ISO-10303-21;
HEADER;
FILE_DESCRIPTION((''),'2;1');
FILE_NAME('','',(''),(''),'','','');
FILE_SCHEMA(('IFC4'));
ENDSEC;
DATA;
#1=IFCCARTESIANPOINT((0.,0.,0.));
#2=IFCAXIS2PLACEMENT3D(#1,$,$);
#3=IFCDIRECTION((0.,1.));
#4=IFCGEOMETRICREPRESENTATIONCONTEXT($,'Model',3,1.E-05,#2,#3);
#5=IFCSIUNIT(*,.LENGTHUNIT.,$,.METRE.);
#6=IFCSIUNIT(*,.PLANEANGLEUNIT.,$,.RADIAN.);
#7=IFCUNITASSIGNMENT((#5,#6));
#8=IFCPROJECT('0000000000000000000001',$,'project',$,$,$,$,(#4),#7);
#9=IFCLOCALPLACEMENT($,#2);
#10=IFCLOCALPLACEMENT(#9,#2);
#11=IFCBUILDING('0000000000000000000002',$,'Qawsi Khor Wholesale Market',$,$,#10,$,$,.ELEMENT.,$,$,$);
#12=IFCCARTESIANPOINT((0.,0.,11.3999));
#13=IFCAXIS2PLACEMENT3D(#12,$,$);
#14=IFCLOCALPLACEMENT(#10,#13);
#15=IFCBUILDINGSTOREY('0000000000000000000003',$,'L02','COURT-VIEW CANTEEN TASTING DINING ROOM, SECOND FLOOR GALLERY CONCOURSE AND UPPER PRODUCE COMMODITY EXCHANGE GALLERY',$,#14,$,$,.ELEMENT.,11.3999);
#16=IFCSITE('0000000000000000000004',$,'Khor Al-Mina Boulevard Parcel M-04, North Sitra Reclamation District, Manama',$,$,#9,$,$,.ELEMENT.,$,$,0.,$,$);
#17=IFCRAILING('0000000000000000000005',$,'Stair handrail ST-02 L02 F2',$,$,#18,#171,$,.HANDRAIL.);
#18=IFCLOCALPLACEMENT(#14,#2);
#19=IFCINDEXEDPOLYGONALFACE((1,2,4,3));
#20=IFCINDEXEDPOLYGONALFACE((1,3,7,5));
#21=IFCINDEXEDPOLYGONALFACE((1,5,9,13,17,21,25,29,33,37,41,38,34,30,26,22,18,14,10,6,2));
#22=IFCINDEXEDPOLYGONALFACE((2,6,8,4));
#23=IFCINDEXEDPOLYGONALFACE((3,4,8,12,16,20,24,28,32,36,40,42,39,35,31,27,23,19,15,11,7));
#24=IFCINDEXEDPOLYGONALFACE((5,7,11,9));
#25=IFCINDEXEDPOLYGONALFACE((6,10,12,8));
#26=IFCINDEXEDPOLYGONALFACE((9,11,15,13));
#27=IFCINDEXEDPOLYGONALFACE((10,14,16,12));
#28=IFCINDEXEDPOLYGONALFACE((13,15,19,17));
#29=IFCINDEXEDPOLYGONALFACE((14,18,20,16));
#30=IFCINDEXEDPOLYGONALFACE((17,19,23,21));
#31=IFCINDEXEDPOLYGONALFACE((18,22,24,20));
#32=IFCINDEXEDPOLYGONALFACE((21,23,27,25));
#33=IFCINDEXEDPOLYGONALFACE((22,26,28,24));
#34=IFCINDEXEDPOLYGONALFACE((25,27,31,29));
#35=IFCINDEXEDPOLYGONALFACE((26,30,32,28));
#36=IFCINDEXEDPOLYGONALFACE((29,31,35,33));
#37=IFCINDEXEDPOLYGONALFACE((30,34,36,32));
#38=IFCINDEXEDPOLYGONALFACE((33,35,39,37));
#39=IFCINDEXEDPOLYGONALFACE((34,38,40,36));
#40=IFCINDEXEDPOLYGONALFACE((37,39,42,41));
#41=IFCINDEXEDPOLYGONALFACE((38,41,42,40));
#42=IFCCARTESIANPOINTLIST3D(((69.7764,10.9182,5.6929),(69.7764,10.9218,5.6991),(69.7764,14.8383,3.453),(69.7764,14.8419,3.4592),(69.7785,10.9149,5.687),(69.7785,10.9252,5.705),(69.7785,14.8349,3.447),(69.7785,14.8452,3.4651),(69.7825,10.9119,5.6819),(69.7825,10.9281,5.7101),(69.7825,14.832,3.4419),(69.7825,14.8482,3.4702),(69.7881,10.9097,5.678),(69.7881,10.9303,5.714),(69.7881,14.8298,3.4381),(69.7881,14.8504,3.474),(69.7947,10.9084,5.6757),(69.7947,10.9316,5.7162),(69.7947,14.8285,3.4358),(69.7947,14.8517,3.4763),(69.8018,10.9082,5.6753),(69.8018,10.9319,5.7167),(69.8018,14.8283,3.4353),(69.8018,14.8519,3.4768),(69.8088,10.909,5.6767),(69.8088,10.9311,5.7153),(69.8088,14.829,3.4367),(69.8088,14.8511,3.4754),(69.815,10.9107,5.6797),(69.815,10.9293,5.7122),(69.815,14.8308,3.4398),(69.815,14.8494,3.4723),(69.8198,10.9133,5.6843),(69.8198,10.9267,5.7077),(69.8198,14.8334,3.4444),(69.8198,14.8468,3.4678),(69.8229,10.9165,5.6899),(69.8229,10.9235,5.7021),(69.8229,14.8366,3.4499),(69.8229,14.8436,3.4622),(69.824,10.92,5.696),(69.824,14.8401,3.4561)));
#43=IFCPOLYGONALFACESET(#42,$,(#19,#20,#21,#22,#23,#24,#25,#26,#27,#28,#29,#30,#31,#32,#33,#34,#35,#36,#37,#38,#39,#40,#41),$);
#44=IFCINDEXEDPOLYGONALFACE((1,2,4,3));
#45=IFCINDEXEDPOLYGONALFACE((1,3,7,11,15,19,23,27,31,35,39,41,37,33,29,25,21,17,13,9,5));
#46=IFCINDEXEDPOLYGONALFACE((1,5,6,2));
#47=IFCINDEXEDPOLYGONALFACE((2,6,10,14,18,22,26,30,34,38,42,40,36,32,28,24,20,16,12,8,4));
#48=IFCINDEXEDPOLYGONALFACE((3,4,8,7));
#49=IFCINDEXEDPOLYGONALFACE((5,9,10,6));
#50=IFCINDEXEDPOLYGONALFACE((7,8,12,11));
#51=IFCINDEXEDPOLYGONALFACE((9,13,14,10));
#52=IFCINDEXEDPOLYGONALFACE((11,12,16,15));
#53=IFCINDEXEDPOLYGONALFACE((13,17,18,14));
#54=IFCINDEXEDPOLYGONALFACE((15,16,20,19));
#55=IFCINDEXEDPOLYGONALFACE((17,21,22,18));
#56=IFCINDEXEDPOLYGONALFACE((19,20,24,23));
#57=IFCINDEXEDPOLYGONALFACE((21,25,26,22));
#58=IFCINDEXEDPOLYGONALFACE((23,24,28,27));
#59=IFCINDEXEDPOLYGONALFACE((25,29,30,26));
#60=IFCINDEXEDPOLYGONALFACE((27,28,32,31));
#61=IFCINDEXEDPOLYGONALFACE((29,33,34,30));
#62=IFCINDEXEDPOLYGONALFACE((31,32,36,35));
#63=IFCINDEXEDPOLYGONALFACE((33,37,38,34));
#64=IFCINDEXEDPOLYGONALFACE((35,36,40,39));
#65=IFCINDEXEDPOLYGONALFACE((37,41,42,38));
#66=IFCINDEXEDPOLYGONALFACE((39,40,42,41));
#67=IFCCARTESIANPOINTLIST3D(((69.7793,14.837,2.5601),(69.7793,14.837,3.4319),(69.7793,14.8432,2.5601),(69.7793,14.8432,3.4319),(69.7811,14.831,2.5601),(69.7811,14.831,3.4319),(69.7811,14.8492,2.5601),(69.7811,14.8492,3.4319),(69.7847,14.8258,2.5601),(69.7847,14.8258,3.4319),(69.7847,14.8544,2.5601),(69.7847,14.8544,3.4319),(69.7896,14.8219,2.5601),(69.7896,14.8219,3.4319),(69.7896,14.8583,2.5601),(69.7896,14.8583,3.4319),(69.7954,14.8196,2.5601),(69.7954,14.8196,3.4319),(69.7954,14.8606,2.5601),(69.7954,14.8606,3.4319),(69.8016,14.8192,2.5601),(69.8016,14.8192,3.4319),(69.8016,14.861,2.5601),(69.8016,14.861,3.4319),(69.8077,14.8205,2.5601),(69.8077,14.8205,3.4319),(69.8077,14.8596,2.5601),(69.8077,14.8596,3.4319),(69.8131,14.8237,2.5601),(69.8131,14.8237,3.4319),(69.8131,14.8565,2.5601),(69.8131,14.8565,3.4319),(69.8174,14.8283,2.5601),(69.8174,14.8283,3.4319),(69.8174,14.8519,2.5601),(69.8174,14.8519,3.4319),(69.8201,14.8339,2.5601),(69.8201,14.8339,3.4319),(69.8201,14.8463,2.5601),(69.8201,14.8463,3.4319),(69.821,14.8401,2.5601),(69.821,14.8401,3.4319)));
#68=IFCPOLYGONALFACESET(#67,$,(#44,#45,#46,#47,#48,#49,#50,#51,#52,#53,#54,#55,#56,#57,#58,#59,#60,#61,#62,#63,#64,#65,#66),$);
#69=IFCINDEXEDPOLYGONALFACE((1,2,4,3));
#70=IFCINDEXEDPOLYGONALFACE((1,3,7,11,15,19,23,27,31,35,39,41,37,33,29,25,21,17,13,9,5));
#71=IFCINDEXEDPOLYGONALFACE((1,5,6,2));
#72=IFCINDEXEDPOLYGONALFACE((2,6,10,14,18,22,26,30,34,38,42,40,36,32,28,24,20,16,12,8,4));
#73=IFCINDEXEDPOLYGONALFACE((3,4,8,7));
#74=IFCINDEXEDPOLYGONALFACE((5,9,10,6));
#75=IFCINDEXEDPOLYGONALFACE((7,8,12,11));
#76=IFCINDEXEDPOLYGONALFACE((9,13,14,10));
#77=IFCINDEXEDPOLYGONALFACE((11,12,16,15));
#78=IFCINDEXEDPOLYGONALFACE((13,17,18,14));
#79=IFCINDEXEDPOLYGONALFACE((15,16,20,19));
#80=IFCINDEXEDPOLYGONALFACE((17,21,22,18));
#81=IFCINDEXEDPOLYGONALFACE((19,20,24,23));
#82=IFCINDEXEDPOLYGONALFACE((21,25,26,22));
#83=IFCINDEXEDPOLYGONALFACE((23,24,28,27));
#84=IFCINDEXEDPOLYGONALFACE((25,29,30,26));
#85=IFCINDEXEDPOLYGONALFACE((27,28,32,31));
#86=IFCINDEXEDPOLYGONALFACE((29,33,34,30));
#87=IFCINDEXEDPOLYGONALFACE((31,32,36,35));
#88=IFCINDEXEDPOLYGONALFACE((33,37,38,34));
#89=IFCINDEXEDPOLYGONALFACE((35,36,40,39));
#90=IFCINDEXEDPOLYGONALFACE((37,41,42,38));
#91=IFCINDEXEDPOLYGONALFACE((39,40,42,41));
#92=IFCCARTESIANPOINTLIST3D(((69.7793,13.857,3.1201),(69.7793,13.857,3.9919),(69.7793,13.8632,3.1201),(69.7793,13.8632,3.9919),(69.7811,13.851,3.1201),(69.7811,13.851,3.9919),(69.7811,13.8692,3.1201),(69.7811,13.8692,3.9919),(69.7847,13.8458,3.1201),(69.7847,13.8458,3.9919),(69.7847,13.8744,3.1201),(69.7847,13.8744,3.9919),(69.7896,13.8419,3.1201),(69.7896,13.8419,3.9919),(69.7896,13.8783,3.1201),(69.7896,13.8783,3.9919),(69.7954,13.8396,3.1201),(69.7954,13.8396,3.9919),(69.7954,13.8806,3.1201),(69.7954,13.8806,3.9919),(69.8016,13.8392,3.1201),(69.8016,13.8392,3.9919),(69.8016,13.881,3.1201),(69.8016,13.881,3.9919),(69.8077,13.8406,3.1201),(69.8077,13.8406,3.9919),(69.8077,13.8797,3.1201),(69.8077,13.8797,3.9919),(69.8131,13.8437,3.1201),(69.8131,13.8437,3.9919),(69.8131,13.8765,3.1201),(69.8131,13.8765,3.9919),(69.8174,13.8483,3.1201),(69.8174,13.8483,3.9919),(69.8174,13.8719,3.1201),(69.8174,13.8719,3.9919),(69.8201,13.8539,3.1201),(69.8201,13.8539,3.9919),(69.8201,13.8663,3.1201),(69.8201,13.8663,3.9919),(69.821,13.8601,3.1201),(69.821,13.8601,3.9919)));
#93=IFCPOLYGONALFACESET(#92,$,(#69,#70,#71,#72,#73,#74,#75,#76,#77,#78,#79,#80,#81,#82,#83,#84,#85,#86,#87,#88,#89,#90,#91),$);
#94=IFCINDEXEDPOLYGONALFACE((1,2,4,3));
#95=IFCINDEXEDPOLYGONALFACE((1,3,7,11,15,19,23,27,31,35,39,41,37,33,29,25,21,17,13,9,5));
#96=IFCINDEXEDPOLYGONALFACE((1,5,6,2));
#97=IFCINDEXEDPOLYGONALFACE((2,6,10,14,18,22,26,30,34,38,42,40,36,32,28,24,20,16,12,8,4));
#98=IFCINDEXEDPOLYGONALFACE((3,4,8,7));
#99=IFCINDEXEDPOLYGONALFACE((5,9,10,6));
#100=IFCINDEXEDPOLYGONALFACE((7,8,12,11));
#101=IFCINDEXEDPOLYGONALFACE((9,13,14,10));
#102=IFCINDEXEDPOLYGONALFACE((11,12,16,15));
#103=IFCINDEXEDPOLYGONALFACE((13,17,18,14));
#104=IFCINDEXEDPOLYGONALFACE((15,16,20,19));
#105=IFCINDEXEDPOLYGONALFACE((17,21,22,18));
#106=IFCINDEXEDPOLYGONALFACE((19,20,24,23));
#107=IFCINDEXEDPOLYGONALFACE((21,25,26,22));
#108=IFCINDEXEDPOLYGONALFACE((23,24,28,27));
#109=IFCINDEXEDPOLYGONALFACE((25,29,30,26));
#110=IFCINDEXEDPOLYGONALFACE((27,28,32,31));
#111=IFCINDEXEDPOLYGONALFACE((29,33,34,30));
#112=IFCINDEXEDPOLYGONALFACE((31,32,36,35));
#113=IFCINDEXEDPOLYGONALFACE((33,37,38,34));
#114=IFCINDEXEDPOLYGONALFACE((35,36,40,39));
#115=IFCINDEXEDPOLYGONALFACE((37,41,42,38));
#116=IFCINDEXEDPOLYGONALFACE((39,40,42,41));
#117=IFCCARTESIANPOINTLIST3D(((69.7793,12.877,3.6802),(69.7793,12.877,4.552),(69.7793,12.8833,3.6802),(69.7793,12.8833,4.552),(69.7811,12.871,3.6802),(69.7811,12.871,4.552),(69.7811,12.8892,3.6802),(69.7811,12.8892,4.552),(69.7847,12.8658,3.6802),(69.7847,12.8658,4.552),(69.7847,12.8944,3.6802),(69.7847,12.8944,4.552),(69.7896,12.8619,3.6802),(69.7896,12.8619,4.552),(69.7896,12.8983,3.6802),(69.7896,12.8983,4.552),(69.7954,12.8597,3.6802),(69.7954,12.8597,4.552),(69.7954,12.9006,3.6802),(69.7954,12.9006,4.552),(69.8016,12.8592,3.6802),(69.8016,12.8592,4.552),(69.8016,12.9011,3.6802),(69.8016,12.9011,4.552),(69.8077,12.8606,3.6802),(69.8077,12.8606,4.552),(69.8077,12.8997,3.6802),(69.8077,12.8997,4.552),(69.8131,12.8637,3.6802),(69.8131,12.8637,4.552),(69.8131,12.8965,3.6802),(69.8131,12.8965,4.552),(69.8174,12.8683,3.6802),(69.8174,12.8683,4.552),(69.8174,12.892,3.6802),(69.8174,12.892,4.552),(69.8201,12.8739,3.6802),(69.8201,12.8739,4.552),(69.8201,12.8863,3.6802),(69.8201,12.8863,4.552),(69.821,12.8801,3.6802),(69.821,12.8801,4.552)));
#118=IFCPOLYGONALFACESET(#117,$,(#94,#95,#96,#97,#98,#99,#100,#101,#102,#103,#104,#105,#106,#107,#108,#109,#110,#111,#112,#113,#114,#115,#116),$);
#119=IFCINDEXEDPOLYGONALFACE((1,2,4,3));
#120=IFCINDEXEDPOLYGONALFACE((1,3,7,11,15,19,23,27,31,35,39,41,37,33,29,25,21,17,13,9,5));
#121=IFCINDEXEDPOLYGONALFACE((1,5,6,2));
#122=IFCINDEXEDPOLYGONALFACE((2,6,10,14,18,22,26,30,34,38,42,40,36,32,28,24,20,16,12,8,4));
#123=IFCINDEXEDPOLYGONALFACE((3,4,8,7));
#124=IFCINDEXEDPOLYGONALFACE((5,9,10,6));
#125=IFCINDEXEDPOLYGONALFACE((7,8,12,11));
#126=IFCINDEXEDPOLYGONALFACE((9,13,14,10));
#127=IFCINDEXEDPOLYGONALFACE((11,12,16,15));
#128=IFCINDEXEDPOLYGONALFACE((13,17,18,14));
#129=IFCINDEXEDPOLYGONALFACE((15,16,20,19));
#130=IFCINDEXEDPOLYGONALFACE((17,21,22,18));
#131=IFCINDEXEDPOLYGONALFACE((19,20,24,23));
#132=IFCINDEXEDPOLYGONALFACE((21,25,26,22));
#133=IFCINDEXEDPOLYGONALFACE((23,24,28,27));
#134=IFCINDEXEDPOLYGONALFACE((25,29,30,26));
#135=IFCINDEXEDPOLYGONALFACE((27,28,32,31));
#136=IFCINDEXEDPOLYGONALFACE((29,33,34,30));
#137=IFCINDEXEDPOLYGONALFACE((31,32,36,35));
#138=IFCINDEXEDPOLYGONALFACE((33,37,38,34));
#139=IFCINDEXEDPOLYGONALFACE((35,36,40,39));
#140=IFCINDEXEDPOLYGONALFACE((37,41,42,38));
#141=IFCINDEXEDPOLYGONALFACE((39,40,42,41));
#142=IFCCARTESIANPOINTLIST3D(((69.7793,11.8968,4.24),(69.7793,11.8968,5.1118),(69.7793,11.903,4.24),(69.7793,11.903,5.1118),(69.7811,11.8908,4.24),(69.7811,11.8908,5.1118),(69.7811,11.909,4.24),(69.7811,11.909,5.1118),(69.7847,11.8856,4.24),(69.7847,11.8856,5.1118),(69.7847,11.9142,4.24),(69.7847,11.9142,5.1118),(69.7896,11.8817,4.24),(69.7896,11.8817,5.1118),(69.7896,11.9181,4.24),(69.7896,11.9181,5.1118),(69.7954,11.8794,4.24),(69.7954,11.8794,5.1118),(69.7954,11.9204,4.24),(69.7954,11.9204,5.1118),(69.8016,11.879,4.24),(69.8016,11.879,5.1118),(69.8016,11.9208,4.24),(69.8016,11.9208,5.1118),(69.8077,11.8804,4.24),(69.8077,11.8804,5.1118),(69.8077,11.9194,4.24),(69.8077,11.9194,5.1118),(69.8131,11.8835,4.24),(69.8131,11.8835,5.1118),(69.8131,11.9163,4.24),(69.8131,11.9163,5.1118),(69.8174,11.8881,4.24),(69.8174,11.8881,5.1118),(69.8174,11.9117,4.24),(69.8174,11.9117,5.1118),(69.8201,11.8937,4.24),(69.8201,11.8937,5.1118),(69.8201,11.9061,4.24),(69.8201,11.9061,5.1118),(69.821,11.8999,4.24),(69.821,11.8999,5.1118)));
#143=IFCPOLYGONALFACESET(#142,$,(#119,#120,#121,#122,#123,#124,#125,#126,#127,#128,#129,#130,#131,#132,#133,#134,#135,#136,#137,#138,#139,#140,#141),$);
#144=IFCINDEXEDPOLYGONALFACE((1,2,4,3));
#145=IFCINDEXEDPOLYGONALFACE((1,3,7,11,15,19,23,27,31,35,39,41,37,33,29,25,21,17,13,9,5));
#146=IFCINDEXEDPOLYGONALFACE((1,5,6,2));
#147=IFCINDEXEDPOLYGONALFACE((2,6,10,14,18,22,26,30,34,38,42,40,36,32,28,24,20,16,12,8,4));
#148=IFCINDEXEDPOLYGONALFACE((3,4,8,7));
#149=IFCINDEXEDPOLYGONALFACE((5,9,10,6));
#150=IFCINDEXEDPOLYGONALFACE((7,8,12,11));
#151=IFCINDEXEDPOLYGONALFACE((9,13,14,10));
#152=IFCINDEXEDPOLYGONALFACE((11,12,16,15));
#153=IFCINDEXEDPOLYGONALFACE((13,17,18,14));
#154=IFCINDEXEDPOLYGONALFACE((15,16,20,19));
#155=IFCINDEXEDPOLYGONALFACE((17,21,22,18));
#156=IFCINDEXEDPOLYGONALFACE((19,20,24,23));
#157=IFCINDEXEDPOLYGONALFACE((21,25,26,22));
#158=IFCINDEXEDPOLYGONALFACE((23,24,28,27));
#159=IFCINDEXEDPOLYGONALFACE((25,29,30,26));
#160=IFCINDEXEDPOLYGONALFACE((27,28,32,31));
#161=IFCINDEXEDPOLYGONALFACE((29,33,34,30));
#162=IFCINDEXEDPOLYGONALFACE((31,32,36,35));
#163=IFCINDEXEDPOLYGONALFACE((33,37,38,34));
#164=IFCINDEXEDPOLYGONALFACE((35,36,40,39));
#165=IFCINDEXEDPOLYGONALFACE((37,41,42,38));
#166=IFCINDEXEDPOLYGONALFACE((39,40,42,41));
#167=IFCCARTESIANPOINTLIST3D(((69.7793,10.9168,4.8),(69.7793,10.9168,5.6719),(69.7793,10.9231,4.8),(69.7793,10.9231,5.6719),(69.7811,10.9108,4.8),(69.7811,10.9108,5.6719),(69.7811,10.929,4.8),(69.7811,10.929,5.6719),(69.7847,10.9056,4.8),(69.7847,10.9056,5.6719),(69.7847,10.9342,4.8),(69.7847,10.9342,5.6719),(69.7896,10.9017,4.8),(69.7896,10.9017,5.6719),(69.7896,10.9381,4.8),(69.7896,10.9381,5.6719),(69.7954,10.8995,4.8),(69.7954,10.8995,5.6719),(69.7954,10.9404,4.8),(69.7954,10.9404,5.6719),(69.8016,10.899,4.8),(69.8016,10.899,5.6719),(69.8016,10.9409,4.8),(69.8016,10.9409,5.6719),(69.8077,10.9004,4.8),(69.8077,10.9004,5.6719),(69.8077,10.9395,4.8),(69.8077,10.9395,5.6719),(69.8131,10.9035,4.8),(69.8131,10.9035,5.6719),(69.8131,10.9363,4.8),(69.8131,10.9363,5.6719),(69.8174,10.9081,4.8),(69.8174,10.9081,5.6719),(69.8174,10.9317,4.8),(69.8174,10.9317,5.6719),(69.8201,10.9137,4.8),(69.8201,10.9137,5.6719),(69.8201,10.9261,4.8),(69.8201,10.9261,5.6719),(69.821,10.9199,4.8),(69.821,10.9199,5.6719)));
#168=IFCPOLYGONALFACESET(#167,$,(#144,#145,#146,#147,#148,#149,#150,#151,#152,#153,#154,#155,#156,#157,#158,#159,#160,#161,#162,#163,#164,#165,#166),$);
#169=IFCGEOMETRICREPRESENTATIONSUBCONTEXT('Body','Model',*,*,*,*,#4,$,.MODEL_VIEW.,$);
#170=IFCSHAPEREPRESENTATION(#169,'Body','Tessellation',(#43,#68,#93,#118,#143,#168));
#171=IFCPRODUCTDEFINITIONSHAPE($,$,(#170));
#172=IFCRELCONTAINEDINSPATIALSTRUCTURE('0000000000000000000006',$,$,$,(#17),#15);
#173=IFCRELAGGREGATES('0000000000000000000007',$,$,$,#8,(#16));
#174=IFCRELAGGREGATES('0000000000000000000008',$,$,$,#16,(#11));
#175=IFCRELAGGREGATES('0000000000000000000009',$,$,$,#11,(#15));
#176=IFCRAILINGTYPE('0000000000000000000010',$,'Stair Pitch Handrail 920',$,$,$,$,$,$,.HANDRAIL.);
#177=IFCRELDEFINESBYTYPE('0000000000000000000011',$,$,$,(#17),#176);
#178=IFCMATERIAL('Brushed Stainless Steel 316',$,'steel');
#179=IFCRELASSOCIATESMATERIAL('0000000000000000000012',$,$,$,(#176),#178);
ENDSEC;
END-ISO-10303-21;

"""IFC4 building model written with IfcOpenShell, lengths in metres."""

from ifc_helpers import new_model, si_unit, direction, frame, origin, origin_2d, place, context, subcontext, project, spatial, circle, extrude, material, type_object, element, save


model = new_model("IFC4")

# Units and contexts
model_context = context("Model", 3, precision=1e-05, world=origin(), true_north=direction((0.0, 1.0)))
body_context = subcontext(model_context, "Body", "Model", "MODEL_VIEW")
ifc_project = project(units=[si_unit("LENGTHUNIT", "METRE"), si_unit("PLANEANGLEUNIT", "RADIAN")], contexts=[model_context])

# Site, building, storey
site_placement = place(None, origin())
site = spatial("IfcSite", under=ifc_project, at=site_placement, Name="Khor Al-Mina Boulevard Parcel M-04, North Sitra Reclamation District, Manama", CompositionType="ELEMENT", RefElevation=0.0)
building_placement = place(site_placement, origin())
building = spatial("IfcBuilding", under=site, at=building_placement, Name="Qawsi Khor Wholesale Market", CompositionType="ELEMENT")
storey_placement = place(building_placement, frame((0.0, 0.0, 11.3999)))
storey = spatial("IfcBuildingStorey", under=building, at=storey_placement, Name="L02", Description="COURT-VIEW CANTEEN TASTING DINING ROOM, SECOND FLOOR GALLERY CONCOURSE AND UPPER PRODUCE COMMODITY EXCHANGE GALLERY", CompositionType="ELEMENT", Elevation=11.3999)

# Railing
ifc_material_1 = material(Name="Brushed Stainless Steel 316", Category="steel")
railing_type_1 = type_object("IfcRailingType", Name="Stair Pitch Handrail 920", PredefinedType="HANDRAIL", material=ifc_material_1)
railing_1_placement = place(storey_placement, frame((69.8, 14.8401, 2.5601)))
element("IfcRailing", 1, at=railing_1_placement, inside=storey, type_object=railing_type_1, Name="Stair handrail ST-02 L02 F2", PredefinedType="HANDRAIL", context=body_context, shape_type="SweptSolid", body=[
    extrude(circle(Radius=0.0239, at=origin_2d()), frame((0.0, 0.0, 0.896), z_axis=(0.0, -0.868253, 0.496121), x_axis=(1.0, 0.0, 0.0)), (0.0, 0.0, 1.0), 4.5149),
    extrude(circle(Radius=0.021, at=origin_2d()), origin(), (0.0, 0.0, 1.0), 0.8718),
    extrude(circle(Radius=0.021, at=origin_2d()), frame((0.0, -0.98, 0.5601)), (0.0, 0.0, 1.0), 0.8718),
    extrude(circle(Radius=0.021, at=origin_2d()), frame((0.0, -1.96, 1.1201)), (0.0, 0.0, 1.0), 0.8718),
    extrude(circle(Radius=0.021, at=origin_2d()), frame((0.0, -2.9402, 1.6799)), (0.0, 0.0, 1.0), 0.8718),
    extrude(circle(Radius=0.021, at=origin_2d()), frame((0.0, -3.9202, 2.24)), (0.0, 0.0, 1.0), 0.8718),
])

save(model, "model.ifc")
